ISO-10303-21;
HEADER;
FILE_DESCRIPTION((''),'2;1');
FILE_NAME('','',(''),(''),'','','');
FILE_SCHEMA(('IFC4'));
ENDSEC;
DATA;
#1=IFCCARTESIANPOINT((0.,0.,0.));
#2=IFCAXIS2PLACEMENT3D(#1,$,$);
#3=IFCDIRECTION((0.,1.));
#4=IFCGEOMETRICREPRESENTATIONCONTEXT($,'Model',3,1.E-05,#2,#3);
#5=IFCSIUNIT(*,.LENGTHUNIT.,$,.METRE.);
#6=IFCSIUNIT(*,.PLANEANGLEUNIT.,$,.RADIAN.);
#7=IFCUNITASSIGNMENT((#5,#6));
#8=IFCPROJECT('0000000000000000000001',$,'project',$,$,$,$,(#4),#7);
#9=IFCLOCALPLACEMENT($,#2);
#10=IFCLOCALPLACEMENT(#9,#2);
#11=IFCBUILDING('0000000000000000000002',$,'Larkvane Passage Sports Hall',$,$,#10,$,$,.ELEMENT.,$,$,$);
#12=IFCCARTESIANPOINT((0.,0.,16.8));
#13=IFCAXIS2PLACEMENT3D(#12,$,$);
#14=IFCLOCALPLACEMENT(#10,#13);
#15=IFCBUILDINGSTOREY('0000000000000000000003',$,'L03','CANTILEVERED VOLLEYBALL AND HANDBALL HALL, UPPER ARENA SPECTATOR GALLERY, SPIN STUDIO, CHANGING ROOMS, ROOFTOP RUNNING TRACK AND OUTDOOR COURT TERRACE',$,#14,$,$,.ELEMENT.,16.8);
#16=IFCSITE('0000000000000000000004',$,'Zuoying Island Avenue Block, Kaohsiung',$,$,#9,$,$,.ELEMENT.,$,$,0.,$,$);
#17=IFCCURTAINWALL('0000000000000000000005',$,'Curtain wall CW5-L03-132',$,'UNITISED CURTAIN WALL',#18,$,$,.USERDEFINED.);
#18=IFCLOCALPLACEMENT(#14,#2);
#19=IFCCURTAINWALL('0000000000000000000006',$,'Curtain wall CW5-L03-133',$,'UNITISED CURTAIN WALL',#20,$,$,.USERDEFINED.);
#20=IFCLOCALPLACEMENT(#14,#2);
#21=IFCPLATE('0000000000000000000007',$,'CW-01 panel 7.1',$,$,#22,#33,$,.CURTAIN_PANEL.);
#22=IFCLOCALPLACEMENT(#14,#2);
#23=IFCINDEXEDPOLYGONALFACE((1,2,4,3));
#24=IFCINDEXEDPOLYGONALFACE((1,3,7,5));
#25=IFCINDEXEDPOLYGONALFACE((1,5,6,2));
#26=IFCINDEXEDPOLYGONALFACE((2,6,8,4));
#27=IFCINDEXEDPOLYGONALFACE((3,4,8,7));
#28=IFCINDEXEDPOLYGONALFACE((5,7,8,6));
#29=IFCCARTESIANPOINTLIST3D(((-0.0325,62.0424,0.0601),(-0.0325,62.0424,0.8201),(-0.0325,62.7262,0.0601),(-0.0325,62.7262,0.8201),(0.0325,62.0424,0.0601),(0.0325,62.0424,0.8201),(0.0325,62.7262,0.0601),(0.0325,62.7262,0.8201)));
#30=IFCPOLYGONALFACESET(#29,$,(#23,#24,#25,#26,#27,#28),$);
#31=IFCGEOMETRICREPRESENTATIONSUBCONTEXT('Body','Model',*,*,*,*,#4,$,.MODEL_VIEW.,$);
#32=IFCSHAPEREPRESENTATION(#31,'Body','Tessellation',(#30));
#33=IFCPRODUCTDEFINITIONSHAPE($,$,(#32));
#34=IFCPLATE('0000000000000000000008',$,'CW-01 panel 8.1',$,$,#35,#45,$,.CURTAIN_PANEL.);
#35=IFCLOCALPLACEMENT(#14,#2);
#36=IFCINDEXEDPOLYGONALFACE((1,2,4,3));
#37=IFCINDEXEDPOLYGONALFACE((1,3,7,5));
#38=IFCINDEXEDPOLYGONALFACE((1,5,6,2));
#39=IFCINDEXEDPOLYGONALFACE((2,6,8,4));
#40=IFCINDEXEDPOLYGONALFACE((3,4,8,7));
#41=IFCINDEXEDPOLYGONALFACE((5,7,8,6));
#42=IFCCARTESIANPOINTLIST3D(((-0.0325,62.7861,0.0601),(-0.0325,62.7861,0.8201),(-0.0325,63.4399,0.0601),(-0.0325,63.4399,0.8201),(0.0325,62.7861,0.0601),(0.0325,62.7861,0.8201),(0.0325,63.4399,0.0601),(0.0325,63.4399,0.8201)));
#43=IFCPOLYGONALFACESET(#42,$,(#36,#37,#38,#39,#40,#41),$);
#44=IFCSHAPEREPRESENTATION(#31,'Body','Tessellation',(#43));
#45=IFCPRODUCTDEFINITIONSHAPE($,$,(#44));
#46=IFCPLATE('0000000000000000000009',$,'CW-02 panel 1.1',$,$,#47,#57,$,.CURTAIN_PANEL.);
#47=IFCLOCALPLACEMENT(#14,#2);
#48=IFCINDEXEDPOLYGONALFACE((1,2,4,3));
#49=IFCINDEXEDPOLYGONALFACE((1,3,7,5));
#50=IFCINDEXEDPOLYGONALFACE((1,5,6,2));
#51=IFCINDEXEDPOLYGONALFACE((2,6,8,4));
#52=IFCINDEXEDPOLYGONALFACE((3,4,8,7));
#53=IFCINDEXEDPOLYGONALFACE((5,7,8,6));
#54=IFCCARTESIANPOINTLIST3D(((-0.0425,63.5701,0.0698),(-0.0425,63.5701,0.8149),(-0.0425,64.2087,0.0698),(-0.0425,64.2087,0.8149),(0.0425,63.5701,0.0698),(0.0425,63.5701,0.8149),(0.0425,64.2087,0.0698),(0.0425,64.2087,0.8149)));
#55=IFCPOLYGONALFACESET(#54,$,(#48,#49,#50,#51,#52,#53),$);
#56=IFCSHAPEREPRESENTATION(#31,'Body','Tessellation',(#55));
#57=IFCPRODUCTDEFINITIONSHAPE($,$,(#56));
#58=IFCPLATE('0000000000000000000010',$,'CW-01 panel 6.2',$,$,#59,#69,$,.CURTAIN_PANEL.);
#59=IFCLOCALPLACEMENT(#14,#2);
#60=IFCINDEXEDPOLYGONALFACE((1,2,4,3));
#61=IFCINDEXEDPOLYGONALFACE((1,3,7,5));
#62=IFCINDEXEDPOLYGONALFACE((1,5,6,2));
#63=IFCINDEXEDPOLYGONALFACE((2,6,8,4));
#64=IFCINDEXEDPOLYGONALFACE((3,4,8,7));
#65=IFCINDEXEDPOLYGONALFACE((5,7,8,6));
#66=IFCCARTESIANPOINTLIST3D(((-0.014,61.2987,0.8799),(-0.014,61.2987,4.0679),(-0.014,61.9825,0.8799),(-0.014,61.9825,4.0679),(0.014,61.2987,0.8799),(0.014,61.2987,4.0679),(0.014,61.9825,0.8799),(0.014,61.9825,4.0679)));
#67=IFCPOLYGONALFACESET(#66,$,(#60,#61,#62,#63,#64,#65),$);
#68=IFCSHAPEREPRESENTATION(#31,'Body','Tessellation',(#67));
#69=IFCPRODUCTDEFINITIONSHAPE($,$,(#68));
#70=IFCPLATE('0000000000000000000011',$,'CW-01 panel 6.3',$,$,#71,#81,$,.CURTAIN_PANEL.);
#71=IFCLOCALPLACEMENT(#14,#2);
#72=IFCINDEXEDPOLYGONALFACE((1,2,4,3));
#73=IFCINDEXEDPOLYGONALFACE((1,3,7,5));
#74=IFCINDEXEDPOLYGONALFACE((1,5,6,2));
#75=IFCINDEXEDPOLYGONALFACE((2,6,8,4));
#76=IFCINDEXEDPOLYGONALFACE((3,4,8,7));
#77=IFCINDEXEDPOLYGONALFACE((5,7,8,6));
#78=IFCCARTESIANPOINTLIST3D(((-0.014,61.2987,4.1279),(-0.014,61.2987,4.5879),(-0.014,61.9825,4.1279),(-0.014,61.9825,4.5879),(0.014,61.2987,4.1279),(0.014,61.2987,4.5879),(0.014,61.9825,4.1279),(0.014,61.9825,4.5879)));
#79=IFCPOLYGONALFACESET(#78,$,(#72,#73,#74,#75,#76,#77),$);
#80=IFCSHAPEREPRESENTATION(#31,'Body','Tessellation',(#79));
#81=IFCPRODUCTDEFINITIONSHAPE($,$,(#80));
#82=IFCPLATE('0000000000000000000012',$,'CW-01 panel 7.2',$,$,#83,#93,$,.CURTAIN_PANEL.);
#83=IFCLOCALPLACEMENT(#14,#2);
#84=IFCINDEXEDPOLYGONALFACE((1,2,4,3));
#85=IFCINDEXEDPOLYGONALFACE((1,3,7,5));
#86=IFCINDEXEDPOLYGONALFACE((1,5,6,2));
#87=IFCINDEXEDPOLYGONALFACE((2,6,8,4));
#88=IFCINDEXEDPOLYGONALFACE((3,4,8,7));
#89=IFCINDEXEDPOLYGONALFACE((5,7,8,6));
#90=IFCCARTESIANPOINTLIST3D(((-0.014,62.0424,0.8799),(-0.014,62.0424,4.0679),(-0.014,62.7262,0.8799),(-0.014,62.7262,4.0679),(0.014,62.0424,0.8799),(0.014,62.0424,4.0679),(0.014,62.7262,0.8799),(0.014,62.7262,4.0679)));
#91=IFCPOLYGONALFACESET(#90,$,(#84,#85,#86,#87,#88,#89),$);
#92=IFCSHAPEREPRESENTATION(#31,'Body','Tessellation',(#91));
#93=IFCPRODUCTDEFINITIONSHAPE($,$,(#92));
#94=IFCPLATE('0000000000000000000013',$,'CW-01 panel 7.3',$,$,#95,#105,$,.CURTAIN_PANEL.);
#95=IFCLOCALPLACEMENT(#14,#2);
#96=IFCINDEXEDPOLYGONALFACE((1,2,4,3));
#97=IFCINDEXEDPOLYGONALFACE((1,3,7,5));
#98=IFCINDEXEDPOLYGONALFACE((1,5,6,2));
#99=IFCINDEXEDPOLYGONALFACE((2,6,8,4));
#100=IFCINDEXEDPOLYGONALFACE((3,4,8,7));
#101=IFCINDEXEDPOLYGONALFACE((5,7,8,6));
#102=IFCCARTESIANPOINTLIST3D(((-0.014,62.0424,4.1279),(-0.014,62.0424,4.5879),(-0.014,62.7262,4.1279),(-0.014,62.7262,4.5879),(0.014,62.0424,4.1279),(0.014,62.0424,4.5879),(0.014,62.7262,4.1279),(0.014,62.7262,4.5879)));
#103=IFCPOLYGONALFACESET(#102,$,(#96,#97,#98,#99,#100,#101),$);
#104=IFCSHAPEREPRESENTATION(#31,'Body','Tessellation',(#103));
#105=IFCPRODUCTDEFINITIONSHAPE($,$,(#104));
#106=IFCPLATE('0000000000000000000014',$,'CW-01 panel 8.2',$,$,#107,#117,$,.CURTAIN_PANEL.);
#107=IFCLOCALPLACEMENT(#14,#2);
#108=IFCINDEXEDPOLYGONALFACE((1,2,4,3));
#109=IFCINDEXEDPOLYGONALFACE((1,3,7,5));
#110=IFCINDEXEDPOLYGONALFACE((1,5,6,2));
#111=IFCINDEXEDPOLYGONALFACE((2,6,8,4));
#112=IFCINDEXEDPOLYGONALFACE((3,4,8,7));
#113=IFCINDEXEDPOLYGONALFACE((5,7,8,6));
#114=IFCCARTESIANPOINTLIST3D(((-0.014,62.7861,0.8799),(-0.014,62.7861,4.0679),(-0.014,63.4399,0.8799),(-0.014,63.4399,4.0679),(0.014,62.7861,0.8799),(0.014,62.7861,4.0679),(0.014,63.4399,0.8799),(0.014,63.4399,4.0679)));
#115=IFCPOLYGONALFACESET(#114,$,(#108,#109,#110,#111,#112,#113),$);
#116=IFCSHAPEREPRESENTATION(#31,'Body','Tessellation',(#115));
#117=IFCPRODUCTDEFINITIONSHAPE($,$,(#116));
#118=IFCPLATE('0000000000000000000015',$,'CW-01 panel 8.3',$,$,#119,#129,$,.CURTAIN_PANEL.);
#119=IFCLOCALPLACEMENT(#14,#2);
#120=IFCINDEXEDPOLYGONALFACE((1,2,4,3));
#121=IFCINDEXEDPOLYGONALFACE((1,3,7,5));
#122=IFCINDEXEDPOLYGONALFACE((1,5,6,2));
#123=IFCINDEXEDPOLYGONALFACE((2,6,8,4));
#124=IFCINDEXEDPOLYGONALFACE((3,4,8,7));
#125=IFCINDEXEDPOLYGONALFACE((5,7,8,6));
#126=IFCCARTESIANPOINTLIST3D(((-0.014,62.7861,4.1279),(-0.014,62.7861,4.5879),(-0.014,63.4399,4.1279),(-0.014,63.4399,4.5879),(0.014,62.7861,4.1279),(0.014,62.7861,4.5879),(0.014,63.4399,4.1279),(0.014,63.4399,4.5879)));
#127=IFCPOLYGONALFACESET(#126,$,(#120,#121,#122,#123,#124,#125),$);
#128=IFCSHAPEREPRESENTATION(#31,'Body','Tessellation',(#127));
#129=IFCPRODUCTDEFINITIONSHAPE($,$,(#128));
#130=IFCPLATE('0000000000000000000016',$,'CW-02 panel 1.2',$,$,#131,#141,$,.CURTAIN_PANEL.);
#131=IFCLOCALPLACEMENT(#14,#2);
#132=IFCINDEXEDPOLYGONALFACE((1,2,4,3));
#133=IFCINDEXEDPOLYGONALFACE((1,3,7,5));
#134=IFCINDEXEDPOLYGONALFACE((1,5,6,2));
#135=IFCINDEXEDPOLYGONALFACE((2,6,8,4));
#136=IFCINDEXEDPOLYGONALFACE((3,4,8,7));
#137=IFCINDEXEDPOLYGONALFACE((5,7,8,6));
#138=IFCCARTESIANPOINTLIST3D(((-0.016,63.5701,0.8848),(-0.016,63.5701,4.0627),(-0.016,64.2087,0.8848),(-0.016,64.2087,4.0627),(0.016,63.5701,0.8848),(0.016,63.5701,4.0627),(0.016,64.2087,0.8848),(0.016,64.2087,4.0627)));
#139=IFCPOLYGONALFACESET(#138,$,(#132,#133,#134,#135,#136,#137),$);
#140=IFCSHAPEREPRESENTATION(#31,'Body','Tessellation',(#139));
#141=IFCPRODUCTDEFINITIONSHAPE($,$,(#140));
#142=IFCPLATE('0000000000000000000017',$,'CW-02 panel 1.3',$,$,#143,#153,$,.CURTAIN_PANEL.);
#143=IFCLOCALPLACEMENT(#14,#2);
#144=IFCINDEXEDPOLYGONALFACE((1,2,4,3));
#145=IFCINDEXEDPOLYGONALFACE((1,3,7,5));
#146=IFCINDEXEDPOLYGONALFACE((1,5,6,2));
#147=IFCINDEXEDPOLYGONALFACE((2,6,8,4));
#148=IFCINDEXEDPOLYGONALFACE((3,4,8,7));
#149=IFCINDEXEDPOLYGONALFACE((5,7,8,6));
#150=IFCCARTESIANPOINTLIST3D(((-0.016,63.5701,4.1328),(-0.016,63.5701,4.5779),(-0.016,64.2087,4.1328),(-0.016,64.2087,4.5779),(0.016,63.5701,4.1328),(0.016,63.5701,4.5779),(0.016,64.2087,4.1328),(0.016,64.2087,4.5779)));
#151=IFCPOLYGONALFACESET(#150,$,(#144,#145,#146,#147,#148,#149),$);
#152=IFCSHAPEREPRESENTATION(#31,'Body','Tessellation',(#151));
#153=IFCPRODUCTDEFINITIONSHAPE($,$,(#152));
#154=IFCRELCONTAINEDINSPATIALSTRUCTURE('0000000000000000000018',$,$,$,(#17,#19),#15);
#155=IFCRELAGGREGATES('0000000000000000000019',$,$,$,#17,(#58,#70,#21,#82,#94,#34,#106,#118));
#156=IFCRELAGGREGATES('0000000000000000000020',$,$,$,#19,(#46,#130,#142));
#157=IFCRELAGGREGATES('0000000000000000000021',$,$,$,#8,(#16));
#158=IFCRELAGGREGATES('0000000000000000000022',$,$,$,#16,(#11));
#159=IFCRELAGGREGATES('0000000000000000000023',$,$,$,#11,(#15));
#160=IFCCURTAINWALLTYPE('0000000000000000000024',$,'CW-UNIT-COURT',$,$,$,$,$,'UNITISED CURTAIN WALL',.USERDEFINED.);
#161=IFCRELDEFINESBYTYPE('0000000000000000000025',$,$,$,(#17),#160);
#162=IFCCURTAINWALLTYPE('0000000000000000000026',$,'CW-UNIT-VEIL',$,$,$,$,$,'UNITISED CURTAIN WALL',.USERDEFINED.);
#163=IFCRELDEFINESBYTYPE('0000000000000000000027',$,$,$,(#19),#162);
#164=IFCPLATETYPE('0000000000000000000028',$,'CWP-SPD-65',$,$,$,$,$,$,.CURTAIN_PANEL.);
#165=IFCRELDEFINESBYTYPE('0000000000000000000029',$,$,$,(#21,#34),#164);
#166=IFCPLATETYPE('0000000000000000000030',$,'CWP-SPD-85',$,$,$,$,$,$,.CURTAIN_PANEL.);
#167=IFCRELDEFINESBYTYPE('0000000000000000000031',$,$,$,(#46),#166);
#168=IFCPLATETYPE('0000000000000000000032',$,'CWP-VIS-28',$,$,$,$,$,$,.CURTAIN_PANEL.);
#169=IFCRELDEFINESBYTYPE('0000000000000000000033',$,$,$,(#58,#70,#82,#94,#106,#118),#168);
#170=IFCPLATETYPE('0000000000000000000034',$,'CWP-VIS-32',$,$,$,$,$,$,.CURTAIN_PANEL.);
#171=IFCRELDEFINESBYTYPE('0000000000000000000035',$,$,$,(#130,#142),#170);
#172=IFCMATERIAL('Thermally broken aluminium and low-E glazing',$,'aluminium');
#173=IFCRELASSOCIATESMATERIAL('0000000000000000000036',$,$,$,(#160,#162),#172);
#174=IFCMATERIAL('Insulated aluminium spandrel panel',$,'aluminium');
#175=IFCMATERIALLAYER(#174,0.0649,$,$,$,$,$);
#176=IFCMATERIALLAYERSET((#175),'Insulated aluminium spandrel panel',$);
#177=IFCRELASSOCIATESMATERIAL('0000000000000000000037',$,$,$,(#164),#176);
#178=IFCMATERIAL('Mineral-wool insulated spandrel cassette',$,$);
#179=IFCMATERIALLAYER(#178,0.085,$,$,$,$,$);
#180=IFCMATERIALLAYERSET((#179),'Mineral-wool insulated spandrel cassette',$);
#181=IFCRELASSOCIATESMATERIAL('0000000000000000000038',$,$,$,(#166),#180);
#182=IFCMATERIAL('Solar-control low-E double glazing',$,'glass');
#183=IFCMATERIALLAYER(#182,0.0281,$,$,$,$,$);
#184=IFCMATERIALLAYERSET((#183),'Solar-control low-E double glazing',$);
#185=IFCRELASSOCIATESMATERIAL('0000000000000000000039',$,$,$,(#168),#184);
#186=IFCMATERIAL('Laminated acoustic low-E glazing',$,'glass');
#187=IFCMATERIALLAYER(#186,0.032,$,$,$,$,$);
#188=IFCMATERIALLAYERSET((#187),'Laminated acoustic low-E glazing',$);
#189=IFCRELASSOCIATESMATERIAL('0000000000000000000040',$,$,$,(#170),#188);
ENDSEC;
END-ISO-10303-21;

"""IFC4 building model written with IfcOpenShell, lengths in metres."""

from ifc_helpers import new_model, si_unit, direction, frame, origin, origin_2d, place, context, subcontext, project, spatial, rectangle, extrude, material, layer, layer_set, type_object, element, aggregate, save


model = new_model("IFC4")

# Units and contexts
model_context = context("Model", 3, precision=1e-05, world=origin(), true_north=direction((0.0, 1.0)))
body_context = subcontext(model_context, "Body", "Model", "MODEL_VIEW")
ifc_project = project(units=[si_unit("LENGTHUNIT", "METRE"), si_unit("PLANEANGLEUNIT", "RADIAN")], contexts=[model_context])

# Site, building, storey
site_placement = place(None, origin())
site = spatial("IfcSite", under=ifc_project, at=site_placement, Name="Zuoying Island Avenue Block, Kaohsiung", CompositionType="ELEMENT", RefElevation=0.0)
building_placement = place(site_placement, origin())
building = spatial("IfcBuilding", under=site, at=building_placement, Name="Larkvane Passage Sports Hall", CompositionType="ELEMENT")
storey_placement = place(building_placement, frame((0.0, 0.0, 16.8)))
storey = spatial("IfcBuildingStorey", under=building, at=storey_placement, Name="L03", Description="CANTILEVERED VOLLEYBALL AND HANDBALL HALL, UPPER ARENA SPECTATOR GALLERY, SPIN STUDIO, CHANGING ROOMS, ROOFTOP RUNNING TRACK AND OUTDOOR COURT TERRACE", CompositionType="ELEMENT", Elevation=16.8)

# Curtain wall
ifc_material_1 = material(Name="Thermally broken aluminium and low-E glazing", Category="aluminium")
curtain_wall_type_1 = type_object("IfcCurtainWallType", Name="CW-UNIT-COURT", ElementType="UNITISED CURTAIN WALL", PredefinedType="USERDEFINED", material=ifc_material_1)
curtain_wall_1_placement = place(storey_placement, origin())
curtain_wall_1 = element("IfcCurtainWall", 1, at=curtain_wall_1_placement, inside=storey, type_object=curtain_wall_type_1, Name="Curtain wall CW5-L03-132", ObjectType="UNITISED CURTAIN WALL", PredefinedType="USERDEFINED")

# Curtain wall
curtain_wall_type_2 = type_object("IfcCurtainWallType", Name="CW-UNIT-VEIL", ElementType="UNITISED CURTAIN WALL", PredefinedType="USERDEFINED", material=ifc_material_1)
curtain_wall_2_placement = place(storey_placement, origin())
curtain_wall_2 = element("IfcCurtainWall", 2, at=curtain_wall_2_placement, inside=storey, type_object=curtain_wall_type_2, Name="Curtain wall CW5-L03-133", ObjectType="UNITISED CURTAIN WALL", PredefinedType="USERDEFINED")

# Plates
ifc_material_2 = material(Name="Insulated aluminium spandrel panel", Category="aluminium")
ifc_layer_1 = layer(ifc_material_2, 0.0649)
ifc_layer_set_1 = layer_set([ifc_layer_1], Name="Insulated aluminium spandrel panel")
plate_type_1 = type_object("IfcPlateType", Name="CWP-SPD-65", PredefinedType="CURTAIN_PANEL", material=ifc_layer_set_1)
plate_1_placement = place(storey_placement, frame((0.0, 62.3843, 0.0601), z_axis=(0.0, 0.0, 1.0), x_axis=(0.0, 1.0, 0.0)))
plate_1 = element("IfcPlate", 3, at=plate_1_placement, type_object=plate_type_1, Name="CW-01 panel 7.1", PredefinedType="CURTAIN_PANEL", context=body_context, shape_type="SweptSolid", body=[
    extrude(rectangle(XDim=0.6838, YDim=0.0649, at=origin_2d()), origin(), (0.0, 0.0, 1.0), 0.76),
])
plate_2_placement = place(storey_placement, frame((0.0, 63.113, 0.0601), z_axis=(0.0, 0.0, 1.0), x_axis=(0.0, 1.0, 0.0)))
plate_2 = element("IfcPlate", 4, at=plate_2_placement, type_object=plate_type_1, Name="CW-01 panel 8.1", PredefinedType="CURTAIN_PANEL", context=body_context, shape_type="SweptSolid", body=[
    extrude(rectangle(XDim=0.6538, YDim=0.0649, at=origin_2d()), origin(), (0.0, 0.0, 1.0), 0.76),
])
ifc_material_3 = material(Name="Mineral-wool insulated spandrel cassette")
ifc_layer_2 = layer(ifc_material_3, 0.085)
ifc_layer_set_2 = layer_set([ifc_layer_2], Name="Mineral-wool insulated spandrel cassette")
plate_type_2 = type_object("IfcPlateType", Name="CWP-SPD-85", PredefinedType="CURTAIN_PANEL", material=ifc_layer_set_2)
plate_3_placement = place(storey_placement, frame((0.0, 63.8894, 0.0698), z_axis=(0.0, 0.0, 1.0), x_axis=(0.0, 1.0, 0.0)))
plate_3 = element("IfcPlate", 5, at=plate_3_placement, type_object=plate_type_2, Name="CW-02 panel 1.1", PredefinedType="CURTAIN_PANEL", context=body_context, shape_type="SweptSolid", body=[
    extrude(rectangle(XDim=0.6387, YDim=0.085, at=origin_2d()), origin(), (0.0, 0.0, 1.0), 0.7451),
])
ifc_material_4 = material(Name="Solar-control low-E double glazing", Category="glass")
ifc_layer_3 = layer(ifc_material_4, 0.0281)
ifc_layer_set_3 = layer_set([ifc_layer_3], Name="Solar-control low-E double glazing")
plate_type_3 = type_object("IfcPlateType", Name="CWP-VIS-28", PredefinedType="CURTAIN_PANEL", material=ifc_layer_set_3)
plate_4_placement = place(storey_placement, frame((0.0, 61.6406, 0.8799), z_axis=(0.0, 0.0, 1.0), x_axis=(0.0, 1.0, 0.0)))
plate_4 = element("IfcPlate", 6, at=plate_4_placement, type_object=plate_type_3, Name="CW-01 panel 6.2", PredefinedType="CURTAIN_PANEL", context=body_context, shape_type="SweptSolid", body=[
    extrude(rectangle(XDim=0.6838, YDim=0.0281, at=origin_2d()), origin(), (0.0, 0.0, 1.0), 3.188),
])
plate_5_placement = place(storey_placement, frame((0.0, 61.6406, 4.1279), z_axis=(0.0, 0.0, 1.0), x_axis=(0.0, 1.0, 0.0)))
plate_5 = element("IfcPlate", 7, at=plate_5_placement, type_object=plate_type_3, Name="CW-01 panel 6.3", PredefinedType="CURTAIN_PANEL", context=body_context, shape_type="SweptSolid", body=[
    extrude(rectangle(XDim=0.6838, YDim=0.0281, at=origin_2d()), origin(), (0.0, 0.0, 1.0), 0.46),
])
plate_6_placement = place(storey_placement, frame((0.0, 62.3843, 0.8799), z_axis=(0.0, 0.0, 1.0), x_axis=(0.0, 1.0, 0.0)))
plate_6 = element("IfcPlate", 8, at=plate_6_placement, type_object=plate_type_3, Name="CW-01 panel 7.2", PredefinedType="CURTAIN_PANEL", context=body_context, shape_type="SweptSolid", body=[
    extrude(rectangle(XDim=0.6838, YDim=0.0281, at=origin_2d()), origin(), (0.0, 0.0, 1.0), 3.188),
])
plate_7_placement = place(storey_placement, frame((0.0, 62.3843, 4.1279), z_axis=(0.0, 0.0, 1.0), x_axis=(0.0, 1.0, 0.0)))
plate_7 = element("IfcPlate", 9, at=plate_7_placement, type_object=plate_type_3, Name="CW-01 panel 7.3", PredefinedType="CURTAIN_PANEL", context=body_context, shape_type="SweptSolid", body=[
    extrude(rectangle(XDim=0.6838, YDim=0.0281, at=origin_2d()), origin(), (0.0, 0.0, 1.0), 0.46),
])
plate_8_placement = place(storey_placement, frame((0.0, 63.113, 0.8799), z_axis=(0.0, 0.0, 1.0), x_axis=(0.0, 1.0, 0.0)))
plate_8 = element("IfcPlate", 10, at=plate_8_placement, type_object=plate_type_3, Name="CW-01 panel 8.2", PredefinedType="CURTAIN_PANEL", context=body_context, shape_type="SweptSolid", body=[
    extrude(rectangle(XDim=0.6538, YDim=0.0281, at=origin_2d()), origin(), (0.0, 0.0, 1.0), 3.188),
])
plate_9_placement = place(storey_placement, frame((0.0, 63.113, 4.1279), z_axis=(0.0, 0.0, 1.0), x_axis=(0.0, 1.0, 0.0)))
plate_9 = element("IfcPlate", 11, at=plate_9_placement, type_object=plate_type_3, Name="CW-01 panel 8.3", PredefinedType="CURTAIN_PANEL", context=body_context, shape_type="SweptSolid", body=[
    extrude(rectangle(XDim=0.6538, YDim=0.0281, at=origin_2d()), origin(), (0.0, 0.0, 1.0), 0.46),
])
aggregate(curtain_wall_1, [plate_4, plate_5, plate_1, plate_6, plate_7, plate_2, plate_8, plate_9])
ifc_material_5 = material(Name="Laminated acoustic low-E glazing", Category="glass")
ifc_layer_4 = layer(ifc_material_5, 0.032)
ifc_layer_set_4 = layer_set([ifc_layer_4], Name="Laminated acoustic low-E glazing")
plate_type_4 = type_object("IfcPlateType", Name="CWP-VIS-32", PredefinedType="CURTAIN_PANEL", material=ifc_layer_set_4)
plate_10_placement = place(storey_placement, frame((0.0, 63.8894, 0.8848), z_axis=(0.0, 0.0, 1.0), x_axis=(0.0, 1.0, 0.0)))
plate_10 = element("IfcPlate", 12, at=plate_10_placement, type_object=plate_type_4, Name="CW-02 panel 1.2", PredefinedType="CURTAIN_PANEL", context=body_context, shape_type="SweptSolid", body=[
    extrude(rectangle(XDim=0.6387, YDim=0.032, at=origin_2d()), origin(), (0.0, 0.0, 1.0), 3.178),
])
plate_11_placement = place(storey_placement, frame((0.0, 63.8894, 4.1328), z_axis=(0.0, 0.0, 1.0), x_axis=(0.0, 1.0, 0.0)))
plate_11 = element("IfcPlate", 13, at=plate_11_placement, type_object=plate_type_4, Name="CW-02 panel 1.3", PredefinedType="CURTAIN_PANEL", context=body_context, shape_type="SweptSolid", body=[
    extrude(rectangle(XDim=0.6387, YDim=0.032, at=origin_2d()), origin(), (0.0, 0.0, 1.0), 0.4451),
])
aggregate(curtain_wall_2, [plate_3, plate_10, plate_11])

save(model, "model.ifc")
